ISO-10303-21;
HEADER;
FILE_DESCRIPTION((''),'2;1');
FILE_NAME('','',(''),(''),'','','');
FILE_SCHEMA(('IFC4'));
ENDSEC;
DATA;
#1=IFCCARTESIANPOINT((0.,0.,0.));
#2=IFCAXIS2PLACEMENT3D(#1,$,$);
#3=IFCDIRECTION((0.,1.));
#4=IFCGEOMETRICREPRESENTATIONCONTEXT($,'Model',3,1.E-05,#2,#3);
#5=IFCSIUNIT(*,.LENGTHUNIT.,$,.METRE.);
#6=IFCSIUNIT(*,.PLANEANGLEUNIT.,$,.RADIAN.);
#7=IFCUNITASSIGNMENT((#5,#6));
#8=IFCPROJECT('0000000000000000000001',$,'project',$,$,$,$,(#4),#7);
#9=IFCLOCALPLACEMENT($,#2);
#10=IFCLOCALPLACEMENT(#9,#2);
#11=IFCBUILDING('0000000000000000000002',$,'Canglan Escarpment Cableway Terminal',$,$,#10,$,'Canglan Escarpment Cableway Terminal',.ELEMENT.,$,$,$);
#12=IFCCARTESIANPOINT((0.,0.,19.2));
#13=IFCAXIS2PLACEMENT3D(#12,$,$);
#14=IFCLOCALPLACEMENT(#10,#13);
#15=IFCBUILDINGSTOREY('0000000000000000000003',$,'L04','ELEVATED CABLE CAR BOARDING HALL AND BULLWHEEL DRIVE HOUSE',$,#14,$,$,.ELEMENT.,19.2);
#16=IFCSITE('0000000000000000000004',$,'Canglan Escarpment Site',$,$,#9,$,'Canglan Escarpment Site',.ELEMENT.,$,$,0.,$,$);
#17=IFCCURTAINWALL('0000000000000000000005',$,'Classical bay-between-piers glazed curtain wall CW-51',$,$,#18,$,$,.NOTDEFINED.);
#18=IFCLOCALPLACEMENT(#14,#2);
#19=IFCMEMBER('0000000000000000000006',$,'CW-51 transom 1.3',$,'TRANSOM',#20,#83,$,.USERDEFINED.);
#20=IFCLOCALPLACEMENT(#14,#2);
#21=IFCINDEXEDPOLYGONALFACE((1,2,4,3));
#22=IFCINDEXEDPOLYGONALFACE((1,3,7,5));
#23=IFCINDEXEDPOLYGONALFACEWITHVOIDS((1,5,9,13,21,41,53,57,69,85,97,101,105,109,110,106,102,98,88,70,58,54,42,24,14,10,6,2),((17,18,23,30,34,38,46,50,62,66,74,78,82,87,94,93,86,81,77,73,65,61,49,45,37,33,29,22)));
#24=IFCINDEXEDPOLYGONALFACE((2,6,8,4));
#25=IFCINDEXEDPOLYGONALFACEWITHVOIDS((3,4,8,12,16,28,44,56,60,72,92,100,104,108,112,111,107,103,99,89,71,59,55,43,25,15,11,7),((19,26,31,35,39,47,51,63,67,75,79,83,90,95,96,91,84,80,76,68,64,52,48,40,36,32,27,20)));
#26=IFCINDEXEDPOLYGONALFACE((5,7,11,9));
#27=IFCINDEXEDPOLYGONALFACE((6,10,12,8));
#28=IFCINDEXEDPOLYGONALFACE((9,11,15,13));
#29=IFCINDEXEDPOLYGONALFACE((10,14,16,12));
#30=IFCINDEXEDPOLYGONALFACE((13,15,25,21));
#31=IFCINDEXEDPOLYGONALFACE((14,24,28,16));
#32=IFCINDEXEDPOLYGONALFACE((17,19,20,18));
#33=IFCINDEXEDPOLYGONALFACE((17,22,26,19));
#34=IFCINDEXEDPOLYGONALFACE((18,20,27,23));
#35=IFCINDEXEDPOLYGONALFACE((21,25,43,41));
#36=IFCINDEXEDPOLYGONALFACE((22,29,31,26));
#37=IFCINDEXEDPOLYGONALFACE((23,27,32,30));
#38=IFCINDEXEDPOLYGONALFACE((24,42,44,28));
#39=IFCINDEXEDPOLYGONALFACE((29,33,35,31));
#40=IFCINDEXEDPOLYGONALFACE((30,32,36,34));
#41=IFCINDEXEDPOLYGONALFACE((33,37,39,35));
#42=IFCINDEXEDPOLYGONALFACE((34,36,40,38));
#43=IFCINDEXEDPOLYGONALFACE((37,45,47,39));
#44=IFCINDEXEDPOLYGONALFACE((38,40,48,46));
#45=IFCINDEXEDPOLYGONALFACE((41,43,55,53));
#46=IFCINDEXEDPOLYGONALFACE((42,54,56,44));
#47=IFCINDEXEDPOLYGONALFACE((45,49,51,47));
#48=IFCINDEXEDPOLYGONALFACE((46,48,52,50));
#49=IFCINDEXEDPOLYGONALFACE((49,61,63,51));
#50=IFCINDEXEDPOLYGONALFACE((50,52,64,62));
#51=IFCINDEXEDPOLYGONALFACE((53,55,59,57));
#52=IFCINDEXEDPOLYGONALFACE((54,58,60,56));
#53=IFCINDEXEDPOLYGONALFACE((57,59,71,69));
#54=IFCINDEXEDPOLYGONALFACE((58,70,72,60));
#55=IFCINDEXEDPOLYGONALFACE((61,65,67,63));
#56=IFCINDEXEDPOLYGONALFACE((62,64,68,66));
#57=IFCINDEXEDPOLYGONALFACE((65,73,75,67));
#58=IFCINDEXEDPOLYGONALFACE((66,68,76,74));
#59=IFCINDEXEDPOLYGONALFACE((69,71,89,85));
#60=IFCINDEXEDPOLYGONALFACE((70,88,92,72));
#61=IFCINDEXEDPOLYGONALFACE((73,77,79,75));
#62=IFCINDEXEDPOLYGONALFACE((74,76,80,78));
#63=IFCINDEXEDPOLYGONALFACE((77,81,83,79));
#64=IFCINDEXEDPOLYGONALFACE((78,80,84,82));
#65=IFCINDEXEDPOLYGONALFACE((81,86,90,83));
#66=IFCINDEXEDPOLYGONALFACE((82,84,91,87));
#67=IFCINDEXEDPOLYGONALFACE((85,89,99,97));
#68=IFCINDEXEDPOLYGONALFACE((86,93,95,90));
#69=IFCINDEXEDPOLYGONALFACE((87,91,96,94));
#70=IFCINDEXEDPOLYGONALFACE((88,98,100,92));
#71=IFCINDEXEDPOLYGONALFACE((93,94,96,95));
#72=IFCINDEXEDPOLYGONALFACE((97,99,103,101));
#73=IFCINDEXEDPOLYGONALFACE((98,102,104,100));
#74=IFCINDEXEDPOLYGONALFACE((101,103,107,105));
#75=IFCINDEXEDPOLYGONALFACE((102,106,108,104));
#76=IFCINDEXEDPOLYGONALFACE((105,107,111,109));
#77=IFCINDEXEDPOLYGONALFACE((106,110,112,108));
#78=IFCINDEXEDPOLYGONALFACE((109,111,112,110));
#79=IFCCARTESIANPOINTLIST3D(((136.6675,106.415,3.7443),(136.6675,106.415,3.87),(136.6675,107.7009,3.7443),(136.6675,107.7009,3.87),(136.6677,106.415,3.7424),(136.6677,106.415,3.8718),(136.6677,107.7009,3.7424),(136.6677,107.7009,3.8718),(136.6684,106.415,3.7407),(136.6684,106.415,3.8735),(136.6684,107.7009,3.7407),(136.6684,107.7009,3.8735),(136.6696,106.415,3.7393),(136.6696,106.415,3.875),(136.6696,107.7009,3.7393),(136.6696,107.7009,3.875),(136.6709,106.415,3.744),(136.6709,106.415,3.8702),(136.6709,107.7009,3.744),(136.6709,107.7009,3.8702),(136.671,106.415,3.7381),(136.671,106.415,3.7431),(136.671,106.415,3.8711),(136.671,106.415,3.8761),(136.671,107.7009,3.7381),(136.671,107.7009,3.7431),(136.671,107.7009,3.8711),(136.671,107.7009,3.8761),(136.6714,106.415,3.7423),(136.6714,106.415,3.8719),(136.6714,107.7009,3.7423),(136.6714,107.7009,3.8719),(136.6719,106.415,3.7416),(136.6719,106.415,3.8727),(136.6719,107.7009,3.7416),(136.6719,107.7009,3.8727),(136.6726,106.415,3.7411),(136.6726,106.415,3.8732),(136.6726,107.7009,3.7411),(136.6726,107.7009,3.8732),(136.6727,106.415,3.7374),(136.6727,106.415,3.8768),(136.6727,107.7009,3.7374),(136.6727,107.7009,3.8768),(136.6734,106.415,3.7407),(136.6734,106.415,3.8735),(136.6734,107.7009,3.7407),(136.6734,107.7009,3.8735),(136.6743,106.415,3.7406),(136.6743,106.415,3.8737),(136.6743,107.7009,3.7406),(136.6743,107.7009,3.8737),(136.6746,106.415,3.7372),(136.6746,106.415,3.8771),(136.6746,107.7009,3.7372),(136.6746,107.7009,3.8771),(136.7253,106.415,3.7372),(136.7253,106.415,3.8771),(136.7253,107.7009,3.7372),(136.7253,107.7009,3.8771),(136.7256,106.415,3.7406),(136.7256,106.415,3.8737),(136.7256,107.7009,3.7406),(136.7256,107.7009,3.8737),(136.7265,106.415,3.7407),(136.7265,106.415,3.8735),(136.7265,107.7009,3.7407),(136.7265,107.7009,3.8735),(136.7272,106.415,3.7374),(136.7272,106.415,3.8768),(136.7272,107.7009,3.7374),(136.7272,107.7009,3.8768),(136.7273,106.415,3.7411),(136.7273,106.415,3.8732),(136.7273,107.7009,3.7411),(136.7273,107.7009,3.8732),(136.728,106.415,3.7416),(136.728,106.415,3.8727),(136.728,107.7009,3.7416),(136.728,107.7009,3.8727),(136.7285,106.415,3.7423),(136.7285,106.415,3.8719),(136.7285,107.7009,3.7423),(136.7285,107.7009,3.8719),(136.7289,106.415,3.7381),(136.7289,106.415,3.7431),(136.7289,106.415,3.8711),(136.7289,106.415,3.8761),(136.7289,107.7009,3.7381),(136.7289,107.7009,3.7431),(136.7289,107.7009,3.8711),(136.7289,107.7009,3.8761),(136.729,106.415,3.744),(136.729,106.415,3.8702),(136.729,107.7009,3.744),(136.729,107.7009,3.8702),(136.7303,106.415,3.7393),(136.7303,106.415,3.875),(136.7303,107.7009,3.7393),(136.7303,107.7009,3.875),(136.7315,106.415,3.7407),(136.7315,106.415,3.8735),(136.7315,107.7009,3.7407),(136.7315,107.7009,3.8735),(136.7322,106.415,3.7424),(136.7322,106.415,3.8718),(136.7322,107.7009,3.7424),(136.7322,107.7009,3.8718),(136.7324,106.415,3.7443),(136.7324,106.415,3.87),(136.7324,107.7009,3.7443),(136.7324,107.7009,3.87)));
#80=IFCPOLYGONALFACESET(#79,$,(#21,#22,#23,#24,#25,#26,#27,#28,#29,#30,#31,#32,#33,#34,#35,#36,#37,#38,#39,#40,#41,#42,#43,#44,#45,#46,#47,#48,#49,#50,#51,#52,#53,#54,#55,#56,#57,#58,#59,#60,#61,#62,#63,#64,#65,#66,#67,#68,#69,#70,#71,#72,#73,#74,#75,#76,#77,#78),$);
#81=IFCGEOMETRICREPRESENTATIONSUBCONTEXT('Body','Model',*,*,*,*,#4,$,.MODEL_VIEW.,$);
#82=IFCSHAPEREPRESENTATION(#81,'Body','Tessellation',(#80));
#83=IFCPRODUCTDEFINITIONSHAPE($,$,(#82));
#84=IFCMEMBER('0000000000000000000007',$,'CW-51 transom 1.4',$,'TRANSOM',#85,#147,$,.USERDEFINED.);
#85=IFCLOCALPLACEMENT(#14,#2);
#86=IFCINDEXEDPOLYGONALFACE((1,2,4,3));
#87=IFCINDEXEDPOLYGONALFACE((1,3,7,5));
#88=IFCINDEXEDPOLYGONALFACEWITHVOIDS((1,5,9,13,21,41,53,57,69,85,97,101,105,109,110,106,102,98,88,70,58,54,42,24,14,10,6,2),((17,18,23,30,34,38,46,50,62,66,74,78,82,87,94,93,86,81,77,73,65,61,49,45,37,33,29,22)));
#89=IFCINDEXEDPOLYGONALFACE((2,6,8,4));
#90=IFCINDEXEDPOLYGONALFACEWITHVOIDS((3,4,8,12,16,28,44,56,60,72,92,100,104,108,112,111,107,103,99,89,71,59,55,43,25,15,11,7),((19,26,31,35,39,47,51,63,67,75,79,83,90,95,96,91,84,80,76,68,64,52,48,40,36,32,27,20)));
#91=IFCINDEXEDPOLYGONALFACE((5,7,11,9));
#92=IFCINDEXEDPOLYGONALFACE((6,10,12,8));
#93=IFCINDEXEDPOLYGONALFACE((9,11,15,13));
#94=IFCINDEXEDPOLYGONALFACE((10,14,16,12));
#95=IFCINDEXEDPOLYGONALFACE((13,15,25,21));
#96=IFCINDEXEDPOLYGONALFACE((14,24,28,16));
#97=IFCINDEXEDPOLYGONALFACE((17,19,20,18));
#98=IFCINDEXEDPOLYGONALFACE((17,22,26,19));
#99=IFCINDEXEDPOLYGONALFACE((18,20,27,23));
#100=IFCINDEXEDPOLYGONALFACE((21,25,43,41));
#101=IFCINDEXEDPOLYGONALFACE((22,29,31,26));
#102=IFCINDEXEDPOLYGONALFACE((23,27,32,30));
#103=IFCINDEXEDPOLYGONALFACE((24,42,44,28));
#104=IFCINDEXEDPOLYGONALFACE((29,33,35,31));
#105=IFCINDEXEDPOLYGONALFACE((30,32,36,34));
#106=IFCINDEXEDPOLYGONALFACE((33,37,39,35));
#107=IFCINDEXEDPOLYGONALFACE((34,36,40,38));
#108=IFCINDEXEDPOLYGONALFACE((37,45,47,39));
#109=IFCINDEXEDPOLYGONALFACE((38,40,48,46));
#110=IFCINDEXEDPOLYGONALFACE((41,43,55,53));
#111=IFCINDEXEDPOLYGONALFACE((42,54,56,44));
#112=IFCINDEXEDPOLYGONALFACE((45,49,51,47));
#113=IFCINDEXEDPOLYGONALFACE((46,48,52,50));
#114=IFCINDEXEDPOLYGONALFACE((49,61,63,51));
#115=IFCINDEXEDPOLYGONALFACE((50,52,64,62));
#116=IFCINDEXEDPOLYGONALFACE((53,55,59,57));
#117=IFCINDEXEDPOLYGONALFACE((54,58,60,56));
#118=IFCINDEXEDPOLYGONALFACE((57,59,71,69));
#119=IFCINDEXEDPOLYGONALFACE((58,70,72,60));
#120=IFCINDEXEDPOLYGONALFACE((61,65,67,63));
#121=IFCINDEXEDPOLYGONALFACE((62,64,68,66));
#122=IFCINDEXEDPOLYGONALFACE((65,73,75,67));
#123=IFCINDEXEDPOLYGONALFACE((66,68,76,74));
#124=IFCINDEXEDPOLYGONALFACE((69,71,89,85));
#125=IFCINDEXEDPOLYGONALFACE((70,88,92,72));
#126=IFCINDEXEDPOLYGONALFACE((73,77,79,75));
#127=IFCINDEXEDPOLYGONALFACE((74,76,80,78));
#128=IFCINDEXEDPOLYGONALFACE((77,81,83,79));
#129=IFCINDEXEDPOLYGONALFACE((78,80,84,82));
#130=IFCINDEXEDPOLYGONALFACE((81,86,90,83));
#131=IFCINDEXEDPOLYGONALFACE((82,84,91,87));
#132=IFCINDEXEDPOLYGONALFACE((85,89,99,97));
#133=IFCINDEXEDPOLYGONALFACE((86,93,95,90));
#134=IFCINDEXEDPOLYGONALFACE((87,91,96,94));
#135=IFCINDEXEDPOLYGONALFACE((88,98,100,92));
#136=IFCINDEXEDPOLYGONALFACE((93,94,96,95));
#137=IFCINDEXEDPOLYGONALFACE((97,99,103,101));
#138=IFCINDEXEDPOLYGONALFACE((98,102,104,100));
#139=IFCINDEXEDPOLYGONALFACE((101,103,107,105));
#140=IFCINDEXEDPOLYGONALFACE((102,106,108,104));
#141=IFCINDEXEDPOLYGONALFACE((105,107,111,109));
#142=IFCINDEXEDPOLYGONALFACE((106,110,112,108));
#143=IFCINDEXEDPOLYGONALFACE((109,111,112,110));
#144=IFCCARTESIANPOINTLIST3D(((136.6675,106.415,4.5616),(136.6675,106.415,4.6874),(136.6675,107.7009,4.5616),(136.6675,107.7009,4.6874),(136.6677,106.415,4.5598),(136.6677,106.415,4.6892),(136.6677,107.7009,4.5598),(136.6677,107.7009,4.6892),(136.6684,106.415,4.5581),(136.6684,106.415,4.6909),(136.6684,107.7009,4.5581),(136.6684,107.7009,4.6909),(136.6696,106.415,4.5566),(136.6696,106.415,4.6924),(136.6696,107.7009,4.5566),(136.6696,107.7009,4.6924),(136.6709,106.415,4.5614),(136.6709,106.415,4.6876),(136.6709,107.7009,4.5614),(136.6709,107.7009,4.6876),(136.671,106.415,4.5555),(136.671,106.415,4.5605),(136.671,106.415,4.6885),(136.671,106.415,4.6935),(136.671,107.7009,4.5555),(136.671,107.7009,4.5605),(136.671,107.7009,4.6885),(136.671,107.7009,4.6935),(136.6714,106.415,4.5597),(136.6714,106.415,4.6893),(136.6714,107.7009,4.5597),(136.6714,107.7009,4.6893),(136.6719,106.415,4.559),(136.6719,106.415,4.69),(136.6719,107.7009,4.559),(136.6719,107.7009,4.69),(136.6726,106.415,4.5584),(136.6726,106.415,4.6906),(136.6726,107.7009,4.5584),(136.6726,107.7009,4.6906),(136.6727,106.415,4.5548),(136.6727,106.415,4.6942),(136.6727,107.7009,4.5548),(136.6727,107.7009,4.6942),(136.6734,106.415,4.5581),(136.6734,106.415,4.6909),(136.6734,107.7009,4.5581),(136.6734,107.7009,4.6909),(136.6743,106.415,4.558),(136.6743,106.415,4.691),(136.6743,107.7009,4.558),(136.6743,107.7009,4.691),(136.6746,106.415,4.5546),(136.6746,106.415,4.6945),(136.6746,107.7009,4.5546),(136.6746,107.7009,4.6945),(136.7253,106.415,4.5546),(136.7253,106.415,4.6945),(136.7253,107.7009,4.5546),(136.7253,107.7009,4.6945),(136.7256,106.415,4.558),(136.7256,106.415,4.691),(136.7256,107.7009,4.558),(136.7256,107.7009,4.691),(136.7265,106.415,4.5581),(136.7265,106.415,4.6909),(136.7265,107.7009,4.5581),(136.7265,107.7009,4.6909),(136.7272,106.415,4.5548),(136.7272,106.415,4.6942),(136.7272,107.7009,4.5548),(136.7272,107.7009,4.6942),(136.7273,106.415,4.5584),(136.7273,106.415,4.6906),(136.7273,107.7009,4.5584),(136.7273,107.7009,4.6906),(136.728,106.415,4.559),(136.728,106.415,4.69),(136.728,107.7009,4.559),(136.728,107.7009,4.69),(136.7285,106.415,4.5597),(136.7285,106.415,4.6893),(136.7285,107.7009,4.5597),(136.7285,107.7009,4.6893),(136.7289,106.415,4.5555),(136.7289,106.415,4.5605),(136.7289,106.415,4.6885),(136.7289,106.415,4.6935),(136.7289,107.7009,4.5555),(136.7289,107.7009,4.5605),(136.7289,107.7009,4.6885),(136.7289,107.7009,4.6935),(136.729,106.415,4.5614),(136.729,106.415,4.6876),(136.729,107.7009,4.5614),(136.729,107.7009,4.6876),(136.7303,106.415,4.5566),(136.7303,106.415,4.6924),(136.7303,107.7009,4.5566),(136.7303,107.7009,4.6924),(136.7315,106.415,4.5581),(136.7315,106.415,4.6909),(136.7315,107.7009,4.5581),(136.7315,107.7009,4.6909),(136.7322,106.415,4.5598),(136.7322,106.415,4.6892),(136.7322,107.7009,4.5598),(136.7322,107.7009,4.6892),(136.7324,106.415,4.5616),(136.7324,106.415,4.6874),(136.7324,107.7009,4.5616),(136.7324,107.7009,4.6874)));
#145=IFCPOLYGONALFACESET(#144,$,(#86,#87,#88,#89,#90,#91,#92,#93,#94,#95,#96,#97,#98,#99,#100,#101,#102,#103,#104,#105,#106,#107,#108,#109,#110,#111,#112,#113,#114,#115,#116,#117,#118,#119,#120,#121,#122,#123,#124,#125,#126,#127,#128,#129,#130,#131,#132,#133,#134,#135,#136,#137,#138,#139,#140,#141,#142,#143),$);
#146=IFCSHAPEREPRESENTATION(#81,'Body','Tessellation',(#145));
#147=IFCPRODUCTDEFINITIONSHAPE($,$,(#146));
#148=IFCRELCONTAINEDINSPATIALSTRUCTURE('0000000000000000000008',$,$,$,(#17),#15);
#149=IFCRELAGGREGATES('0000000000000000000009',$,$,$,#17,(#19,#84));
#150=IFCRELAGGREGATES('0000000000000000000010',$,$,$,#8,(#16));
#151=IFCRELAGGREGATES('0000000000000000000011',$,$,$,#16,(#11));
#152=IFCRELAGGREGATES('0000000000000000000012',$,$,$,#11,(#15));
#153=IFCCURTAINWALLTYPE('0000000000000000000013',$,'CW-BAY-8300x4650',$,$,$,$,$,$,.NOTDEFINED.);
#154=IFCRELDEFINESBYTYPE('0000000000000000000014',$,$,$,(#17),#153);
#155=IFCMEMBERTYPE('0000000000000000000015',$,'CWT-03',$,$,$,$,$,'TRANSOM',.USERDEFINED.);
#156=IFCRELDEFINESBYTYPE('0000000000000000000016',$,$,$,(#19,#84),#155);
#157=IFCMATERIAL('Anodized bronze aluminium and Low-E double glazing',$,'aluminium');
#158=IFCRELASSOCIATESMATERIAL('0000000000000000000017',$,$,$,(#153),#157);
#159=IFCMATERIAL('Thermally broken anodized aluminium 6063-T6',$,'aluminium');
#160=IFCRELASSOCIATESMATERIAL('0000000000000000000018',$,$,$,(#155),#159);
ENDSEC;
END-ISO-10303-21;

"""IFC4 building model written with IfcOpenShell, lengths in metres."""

from ifc_helpers import new_model, si_unit, direction, frame, origin, origin_2d, place, context, subcontext, project, spatial, hollow_rectangle, extrude, material, material_profile, profile_set, type_object, element, aggregate, save


model = new_model("IFC4")

# Units and contexts
model_context = context("Model", 3, precision=1e-05, world=origin(), true_north=direction((0.0, 1.0)))
body_context = subcontext(model_context, "Body", "Model", "MODEL_VIEW")
ifc_project = project(units=[si_unit("LENGTHUNIT", "METRE"), si_unit("PLANEANGLEUNIT", "RADIAN")], contexts=[model_context])

# Site, building, storey
site_placement = place(None, origin())
site = spatial("IfcSite", under=ifc_project, at=site_placement, Name="Canglan Escarpment Site", LongName="Canglan Escarpment Site", CompositionType="ELEMENT", RefElevation=0.0)
building_placement = place(site_placement, origin())
building = spatial("IfcBuilding", under=site, at=building_placement, Name="Canglan Escarpment Cableway Terminal", LongName="Canglan Escarpment Cableway Terminal", CompositionType="ELEMENT")
storey_placement = place(building_placement, frame((0.0, 0.0, 19.2)))
storey = spatial("IfcBuildingStorey", under=building, at=storey_placement, Name="L04", Description="ELEVATED CABLE CAR BOARDING HALL AND BULLWHEEL DRIVE HOUSE", CompositionType="ELEMENT", Elevation=19.2)

# Curtain wall, members
ifc_material_1 = material(Name="Anodized bronze aluminium and Low-E double glazing", Category="aluminium")
curtain_wall_type = type_object("IfcCurtainWallType", Name="CW-BAY-8300x4650", PredefinedType="NOTDEFINED", material=ifc_material_1)
curtain_wall_placement = place(storey_placement, origin())
curtain_wall = element("IfcCurtainWall", 1, at=curtain_wall_placement, inside=storey, type_object=curtain_wall_type, Name="Classical bay-between-piers glazed curtain wall CW-51", PredefinedType="NOTDEFINED")
ifc_material_2 = material(Name="Thermally broken anodized aluminium 6063-T6", Category="aluminium")
ifc_material_profile_1 = material_profile(ifc_material_2, hollow_rectangle(XDim=0.0649, YDim=0.1399, WallThickness=0.0034, InnerFilletRadius=0.0034, OuterFilletRadius=0.0071, at=origin_2d()), Name="ALU-TRAN 65x140x3.5")
ifc_profile_set_1 = profile_set([ifc_material_profile_1], Name="Thermally broken anodized aluminium 6063-T6")
member_type_1 = type_object("IfcMemberType", Name="CWT-03", ElementType="TRANSOM", PredefinedType="USERDEFINED", material=ifc_profile_set_1)
member_1_placement = place(storey_placement, frame((136.7, 106.415, 3.8071), z_axis=(0.0, 1.0, 0.0), x_axis=(-1.0, 0.0, 0.0)))
member_1 = element("IfcMember", 2, at=member_1_placement, type_object=member_type_1, Name="CW-51 transom 1.3", ObjectType="TRANSOM", PredefinedType="USERDEFINED", context=body_context, shape_type="SweptSolid", body=[
    extrude(hollow_rectangle(XDim=0.0649, YDim=0.1399, WallThickness=0.0034, InnerFilletRadius=0.0034, OuterFilletRadius=0.0071, at=origin_2d()), origin(), (0.0, 0.0, 1.0), 1.2859),
])
member_2_placement = place(storey_placement, frame((136.7, 106.415, 4.6245), z_axis=(0.0, 1.0, 0.0), x_axis=(-1.0, 0.0, 0.0)))
member_2 = element("IfcMember", 3, at=member_2_placement, type_object=member_type_1, Name="CW-51 transom 1.4", ObjectType="TRANSOM", PredefinedType="USERDEFINED", context=body_context, shape_type="SweptSolid", body=[
    extrude(hollow_rectangle(XDim=0.0649, YDim=0.1399, WallThickness=0.0034, InnerFilletRadius=0.0034, OuterFilletRadius=0.0071, at=origin_2d()), origin(), (0.0, 0.0, 1.0), 1.2859),
])
aggregate(curtain_wall, [member_1, member_2])

save(model, "model.ifc")
